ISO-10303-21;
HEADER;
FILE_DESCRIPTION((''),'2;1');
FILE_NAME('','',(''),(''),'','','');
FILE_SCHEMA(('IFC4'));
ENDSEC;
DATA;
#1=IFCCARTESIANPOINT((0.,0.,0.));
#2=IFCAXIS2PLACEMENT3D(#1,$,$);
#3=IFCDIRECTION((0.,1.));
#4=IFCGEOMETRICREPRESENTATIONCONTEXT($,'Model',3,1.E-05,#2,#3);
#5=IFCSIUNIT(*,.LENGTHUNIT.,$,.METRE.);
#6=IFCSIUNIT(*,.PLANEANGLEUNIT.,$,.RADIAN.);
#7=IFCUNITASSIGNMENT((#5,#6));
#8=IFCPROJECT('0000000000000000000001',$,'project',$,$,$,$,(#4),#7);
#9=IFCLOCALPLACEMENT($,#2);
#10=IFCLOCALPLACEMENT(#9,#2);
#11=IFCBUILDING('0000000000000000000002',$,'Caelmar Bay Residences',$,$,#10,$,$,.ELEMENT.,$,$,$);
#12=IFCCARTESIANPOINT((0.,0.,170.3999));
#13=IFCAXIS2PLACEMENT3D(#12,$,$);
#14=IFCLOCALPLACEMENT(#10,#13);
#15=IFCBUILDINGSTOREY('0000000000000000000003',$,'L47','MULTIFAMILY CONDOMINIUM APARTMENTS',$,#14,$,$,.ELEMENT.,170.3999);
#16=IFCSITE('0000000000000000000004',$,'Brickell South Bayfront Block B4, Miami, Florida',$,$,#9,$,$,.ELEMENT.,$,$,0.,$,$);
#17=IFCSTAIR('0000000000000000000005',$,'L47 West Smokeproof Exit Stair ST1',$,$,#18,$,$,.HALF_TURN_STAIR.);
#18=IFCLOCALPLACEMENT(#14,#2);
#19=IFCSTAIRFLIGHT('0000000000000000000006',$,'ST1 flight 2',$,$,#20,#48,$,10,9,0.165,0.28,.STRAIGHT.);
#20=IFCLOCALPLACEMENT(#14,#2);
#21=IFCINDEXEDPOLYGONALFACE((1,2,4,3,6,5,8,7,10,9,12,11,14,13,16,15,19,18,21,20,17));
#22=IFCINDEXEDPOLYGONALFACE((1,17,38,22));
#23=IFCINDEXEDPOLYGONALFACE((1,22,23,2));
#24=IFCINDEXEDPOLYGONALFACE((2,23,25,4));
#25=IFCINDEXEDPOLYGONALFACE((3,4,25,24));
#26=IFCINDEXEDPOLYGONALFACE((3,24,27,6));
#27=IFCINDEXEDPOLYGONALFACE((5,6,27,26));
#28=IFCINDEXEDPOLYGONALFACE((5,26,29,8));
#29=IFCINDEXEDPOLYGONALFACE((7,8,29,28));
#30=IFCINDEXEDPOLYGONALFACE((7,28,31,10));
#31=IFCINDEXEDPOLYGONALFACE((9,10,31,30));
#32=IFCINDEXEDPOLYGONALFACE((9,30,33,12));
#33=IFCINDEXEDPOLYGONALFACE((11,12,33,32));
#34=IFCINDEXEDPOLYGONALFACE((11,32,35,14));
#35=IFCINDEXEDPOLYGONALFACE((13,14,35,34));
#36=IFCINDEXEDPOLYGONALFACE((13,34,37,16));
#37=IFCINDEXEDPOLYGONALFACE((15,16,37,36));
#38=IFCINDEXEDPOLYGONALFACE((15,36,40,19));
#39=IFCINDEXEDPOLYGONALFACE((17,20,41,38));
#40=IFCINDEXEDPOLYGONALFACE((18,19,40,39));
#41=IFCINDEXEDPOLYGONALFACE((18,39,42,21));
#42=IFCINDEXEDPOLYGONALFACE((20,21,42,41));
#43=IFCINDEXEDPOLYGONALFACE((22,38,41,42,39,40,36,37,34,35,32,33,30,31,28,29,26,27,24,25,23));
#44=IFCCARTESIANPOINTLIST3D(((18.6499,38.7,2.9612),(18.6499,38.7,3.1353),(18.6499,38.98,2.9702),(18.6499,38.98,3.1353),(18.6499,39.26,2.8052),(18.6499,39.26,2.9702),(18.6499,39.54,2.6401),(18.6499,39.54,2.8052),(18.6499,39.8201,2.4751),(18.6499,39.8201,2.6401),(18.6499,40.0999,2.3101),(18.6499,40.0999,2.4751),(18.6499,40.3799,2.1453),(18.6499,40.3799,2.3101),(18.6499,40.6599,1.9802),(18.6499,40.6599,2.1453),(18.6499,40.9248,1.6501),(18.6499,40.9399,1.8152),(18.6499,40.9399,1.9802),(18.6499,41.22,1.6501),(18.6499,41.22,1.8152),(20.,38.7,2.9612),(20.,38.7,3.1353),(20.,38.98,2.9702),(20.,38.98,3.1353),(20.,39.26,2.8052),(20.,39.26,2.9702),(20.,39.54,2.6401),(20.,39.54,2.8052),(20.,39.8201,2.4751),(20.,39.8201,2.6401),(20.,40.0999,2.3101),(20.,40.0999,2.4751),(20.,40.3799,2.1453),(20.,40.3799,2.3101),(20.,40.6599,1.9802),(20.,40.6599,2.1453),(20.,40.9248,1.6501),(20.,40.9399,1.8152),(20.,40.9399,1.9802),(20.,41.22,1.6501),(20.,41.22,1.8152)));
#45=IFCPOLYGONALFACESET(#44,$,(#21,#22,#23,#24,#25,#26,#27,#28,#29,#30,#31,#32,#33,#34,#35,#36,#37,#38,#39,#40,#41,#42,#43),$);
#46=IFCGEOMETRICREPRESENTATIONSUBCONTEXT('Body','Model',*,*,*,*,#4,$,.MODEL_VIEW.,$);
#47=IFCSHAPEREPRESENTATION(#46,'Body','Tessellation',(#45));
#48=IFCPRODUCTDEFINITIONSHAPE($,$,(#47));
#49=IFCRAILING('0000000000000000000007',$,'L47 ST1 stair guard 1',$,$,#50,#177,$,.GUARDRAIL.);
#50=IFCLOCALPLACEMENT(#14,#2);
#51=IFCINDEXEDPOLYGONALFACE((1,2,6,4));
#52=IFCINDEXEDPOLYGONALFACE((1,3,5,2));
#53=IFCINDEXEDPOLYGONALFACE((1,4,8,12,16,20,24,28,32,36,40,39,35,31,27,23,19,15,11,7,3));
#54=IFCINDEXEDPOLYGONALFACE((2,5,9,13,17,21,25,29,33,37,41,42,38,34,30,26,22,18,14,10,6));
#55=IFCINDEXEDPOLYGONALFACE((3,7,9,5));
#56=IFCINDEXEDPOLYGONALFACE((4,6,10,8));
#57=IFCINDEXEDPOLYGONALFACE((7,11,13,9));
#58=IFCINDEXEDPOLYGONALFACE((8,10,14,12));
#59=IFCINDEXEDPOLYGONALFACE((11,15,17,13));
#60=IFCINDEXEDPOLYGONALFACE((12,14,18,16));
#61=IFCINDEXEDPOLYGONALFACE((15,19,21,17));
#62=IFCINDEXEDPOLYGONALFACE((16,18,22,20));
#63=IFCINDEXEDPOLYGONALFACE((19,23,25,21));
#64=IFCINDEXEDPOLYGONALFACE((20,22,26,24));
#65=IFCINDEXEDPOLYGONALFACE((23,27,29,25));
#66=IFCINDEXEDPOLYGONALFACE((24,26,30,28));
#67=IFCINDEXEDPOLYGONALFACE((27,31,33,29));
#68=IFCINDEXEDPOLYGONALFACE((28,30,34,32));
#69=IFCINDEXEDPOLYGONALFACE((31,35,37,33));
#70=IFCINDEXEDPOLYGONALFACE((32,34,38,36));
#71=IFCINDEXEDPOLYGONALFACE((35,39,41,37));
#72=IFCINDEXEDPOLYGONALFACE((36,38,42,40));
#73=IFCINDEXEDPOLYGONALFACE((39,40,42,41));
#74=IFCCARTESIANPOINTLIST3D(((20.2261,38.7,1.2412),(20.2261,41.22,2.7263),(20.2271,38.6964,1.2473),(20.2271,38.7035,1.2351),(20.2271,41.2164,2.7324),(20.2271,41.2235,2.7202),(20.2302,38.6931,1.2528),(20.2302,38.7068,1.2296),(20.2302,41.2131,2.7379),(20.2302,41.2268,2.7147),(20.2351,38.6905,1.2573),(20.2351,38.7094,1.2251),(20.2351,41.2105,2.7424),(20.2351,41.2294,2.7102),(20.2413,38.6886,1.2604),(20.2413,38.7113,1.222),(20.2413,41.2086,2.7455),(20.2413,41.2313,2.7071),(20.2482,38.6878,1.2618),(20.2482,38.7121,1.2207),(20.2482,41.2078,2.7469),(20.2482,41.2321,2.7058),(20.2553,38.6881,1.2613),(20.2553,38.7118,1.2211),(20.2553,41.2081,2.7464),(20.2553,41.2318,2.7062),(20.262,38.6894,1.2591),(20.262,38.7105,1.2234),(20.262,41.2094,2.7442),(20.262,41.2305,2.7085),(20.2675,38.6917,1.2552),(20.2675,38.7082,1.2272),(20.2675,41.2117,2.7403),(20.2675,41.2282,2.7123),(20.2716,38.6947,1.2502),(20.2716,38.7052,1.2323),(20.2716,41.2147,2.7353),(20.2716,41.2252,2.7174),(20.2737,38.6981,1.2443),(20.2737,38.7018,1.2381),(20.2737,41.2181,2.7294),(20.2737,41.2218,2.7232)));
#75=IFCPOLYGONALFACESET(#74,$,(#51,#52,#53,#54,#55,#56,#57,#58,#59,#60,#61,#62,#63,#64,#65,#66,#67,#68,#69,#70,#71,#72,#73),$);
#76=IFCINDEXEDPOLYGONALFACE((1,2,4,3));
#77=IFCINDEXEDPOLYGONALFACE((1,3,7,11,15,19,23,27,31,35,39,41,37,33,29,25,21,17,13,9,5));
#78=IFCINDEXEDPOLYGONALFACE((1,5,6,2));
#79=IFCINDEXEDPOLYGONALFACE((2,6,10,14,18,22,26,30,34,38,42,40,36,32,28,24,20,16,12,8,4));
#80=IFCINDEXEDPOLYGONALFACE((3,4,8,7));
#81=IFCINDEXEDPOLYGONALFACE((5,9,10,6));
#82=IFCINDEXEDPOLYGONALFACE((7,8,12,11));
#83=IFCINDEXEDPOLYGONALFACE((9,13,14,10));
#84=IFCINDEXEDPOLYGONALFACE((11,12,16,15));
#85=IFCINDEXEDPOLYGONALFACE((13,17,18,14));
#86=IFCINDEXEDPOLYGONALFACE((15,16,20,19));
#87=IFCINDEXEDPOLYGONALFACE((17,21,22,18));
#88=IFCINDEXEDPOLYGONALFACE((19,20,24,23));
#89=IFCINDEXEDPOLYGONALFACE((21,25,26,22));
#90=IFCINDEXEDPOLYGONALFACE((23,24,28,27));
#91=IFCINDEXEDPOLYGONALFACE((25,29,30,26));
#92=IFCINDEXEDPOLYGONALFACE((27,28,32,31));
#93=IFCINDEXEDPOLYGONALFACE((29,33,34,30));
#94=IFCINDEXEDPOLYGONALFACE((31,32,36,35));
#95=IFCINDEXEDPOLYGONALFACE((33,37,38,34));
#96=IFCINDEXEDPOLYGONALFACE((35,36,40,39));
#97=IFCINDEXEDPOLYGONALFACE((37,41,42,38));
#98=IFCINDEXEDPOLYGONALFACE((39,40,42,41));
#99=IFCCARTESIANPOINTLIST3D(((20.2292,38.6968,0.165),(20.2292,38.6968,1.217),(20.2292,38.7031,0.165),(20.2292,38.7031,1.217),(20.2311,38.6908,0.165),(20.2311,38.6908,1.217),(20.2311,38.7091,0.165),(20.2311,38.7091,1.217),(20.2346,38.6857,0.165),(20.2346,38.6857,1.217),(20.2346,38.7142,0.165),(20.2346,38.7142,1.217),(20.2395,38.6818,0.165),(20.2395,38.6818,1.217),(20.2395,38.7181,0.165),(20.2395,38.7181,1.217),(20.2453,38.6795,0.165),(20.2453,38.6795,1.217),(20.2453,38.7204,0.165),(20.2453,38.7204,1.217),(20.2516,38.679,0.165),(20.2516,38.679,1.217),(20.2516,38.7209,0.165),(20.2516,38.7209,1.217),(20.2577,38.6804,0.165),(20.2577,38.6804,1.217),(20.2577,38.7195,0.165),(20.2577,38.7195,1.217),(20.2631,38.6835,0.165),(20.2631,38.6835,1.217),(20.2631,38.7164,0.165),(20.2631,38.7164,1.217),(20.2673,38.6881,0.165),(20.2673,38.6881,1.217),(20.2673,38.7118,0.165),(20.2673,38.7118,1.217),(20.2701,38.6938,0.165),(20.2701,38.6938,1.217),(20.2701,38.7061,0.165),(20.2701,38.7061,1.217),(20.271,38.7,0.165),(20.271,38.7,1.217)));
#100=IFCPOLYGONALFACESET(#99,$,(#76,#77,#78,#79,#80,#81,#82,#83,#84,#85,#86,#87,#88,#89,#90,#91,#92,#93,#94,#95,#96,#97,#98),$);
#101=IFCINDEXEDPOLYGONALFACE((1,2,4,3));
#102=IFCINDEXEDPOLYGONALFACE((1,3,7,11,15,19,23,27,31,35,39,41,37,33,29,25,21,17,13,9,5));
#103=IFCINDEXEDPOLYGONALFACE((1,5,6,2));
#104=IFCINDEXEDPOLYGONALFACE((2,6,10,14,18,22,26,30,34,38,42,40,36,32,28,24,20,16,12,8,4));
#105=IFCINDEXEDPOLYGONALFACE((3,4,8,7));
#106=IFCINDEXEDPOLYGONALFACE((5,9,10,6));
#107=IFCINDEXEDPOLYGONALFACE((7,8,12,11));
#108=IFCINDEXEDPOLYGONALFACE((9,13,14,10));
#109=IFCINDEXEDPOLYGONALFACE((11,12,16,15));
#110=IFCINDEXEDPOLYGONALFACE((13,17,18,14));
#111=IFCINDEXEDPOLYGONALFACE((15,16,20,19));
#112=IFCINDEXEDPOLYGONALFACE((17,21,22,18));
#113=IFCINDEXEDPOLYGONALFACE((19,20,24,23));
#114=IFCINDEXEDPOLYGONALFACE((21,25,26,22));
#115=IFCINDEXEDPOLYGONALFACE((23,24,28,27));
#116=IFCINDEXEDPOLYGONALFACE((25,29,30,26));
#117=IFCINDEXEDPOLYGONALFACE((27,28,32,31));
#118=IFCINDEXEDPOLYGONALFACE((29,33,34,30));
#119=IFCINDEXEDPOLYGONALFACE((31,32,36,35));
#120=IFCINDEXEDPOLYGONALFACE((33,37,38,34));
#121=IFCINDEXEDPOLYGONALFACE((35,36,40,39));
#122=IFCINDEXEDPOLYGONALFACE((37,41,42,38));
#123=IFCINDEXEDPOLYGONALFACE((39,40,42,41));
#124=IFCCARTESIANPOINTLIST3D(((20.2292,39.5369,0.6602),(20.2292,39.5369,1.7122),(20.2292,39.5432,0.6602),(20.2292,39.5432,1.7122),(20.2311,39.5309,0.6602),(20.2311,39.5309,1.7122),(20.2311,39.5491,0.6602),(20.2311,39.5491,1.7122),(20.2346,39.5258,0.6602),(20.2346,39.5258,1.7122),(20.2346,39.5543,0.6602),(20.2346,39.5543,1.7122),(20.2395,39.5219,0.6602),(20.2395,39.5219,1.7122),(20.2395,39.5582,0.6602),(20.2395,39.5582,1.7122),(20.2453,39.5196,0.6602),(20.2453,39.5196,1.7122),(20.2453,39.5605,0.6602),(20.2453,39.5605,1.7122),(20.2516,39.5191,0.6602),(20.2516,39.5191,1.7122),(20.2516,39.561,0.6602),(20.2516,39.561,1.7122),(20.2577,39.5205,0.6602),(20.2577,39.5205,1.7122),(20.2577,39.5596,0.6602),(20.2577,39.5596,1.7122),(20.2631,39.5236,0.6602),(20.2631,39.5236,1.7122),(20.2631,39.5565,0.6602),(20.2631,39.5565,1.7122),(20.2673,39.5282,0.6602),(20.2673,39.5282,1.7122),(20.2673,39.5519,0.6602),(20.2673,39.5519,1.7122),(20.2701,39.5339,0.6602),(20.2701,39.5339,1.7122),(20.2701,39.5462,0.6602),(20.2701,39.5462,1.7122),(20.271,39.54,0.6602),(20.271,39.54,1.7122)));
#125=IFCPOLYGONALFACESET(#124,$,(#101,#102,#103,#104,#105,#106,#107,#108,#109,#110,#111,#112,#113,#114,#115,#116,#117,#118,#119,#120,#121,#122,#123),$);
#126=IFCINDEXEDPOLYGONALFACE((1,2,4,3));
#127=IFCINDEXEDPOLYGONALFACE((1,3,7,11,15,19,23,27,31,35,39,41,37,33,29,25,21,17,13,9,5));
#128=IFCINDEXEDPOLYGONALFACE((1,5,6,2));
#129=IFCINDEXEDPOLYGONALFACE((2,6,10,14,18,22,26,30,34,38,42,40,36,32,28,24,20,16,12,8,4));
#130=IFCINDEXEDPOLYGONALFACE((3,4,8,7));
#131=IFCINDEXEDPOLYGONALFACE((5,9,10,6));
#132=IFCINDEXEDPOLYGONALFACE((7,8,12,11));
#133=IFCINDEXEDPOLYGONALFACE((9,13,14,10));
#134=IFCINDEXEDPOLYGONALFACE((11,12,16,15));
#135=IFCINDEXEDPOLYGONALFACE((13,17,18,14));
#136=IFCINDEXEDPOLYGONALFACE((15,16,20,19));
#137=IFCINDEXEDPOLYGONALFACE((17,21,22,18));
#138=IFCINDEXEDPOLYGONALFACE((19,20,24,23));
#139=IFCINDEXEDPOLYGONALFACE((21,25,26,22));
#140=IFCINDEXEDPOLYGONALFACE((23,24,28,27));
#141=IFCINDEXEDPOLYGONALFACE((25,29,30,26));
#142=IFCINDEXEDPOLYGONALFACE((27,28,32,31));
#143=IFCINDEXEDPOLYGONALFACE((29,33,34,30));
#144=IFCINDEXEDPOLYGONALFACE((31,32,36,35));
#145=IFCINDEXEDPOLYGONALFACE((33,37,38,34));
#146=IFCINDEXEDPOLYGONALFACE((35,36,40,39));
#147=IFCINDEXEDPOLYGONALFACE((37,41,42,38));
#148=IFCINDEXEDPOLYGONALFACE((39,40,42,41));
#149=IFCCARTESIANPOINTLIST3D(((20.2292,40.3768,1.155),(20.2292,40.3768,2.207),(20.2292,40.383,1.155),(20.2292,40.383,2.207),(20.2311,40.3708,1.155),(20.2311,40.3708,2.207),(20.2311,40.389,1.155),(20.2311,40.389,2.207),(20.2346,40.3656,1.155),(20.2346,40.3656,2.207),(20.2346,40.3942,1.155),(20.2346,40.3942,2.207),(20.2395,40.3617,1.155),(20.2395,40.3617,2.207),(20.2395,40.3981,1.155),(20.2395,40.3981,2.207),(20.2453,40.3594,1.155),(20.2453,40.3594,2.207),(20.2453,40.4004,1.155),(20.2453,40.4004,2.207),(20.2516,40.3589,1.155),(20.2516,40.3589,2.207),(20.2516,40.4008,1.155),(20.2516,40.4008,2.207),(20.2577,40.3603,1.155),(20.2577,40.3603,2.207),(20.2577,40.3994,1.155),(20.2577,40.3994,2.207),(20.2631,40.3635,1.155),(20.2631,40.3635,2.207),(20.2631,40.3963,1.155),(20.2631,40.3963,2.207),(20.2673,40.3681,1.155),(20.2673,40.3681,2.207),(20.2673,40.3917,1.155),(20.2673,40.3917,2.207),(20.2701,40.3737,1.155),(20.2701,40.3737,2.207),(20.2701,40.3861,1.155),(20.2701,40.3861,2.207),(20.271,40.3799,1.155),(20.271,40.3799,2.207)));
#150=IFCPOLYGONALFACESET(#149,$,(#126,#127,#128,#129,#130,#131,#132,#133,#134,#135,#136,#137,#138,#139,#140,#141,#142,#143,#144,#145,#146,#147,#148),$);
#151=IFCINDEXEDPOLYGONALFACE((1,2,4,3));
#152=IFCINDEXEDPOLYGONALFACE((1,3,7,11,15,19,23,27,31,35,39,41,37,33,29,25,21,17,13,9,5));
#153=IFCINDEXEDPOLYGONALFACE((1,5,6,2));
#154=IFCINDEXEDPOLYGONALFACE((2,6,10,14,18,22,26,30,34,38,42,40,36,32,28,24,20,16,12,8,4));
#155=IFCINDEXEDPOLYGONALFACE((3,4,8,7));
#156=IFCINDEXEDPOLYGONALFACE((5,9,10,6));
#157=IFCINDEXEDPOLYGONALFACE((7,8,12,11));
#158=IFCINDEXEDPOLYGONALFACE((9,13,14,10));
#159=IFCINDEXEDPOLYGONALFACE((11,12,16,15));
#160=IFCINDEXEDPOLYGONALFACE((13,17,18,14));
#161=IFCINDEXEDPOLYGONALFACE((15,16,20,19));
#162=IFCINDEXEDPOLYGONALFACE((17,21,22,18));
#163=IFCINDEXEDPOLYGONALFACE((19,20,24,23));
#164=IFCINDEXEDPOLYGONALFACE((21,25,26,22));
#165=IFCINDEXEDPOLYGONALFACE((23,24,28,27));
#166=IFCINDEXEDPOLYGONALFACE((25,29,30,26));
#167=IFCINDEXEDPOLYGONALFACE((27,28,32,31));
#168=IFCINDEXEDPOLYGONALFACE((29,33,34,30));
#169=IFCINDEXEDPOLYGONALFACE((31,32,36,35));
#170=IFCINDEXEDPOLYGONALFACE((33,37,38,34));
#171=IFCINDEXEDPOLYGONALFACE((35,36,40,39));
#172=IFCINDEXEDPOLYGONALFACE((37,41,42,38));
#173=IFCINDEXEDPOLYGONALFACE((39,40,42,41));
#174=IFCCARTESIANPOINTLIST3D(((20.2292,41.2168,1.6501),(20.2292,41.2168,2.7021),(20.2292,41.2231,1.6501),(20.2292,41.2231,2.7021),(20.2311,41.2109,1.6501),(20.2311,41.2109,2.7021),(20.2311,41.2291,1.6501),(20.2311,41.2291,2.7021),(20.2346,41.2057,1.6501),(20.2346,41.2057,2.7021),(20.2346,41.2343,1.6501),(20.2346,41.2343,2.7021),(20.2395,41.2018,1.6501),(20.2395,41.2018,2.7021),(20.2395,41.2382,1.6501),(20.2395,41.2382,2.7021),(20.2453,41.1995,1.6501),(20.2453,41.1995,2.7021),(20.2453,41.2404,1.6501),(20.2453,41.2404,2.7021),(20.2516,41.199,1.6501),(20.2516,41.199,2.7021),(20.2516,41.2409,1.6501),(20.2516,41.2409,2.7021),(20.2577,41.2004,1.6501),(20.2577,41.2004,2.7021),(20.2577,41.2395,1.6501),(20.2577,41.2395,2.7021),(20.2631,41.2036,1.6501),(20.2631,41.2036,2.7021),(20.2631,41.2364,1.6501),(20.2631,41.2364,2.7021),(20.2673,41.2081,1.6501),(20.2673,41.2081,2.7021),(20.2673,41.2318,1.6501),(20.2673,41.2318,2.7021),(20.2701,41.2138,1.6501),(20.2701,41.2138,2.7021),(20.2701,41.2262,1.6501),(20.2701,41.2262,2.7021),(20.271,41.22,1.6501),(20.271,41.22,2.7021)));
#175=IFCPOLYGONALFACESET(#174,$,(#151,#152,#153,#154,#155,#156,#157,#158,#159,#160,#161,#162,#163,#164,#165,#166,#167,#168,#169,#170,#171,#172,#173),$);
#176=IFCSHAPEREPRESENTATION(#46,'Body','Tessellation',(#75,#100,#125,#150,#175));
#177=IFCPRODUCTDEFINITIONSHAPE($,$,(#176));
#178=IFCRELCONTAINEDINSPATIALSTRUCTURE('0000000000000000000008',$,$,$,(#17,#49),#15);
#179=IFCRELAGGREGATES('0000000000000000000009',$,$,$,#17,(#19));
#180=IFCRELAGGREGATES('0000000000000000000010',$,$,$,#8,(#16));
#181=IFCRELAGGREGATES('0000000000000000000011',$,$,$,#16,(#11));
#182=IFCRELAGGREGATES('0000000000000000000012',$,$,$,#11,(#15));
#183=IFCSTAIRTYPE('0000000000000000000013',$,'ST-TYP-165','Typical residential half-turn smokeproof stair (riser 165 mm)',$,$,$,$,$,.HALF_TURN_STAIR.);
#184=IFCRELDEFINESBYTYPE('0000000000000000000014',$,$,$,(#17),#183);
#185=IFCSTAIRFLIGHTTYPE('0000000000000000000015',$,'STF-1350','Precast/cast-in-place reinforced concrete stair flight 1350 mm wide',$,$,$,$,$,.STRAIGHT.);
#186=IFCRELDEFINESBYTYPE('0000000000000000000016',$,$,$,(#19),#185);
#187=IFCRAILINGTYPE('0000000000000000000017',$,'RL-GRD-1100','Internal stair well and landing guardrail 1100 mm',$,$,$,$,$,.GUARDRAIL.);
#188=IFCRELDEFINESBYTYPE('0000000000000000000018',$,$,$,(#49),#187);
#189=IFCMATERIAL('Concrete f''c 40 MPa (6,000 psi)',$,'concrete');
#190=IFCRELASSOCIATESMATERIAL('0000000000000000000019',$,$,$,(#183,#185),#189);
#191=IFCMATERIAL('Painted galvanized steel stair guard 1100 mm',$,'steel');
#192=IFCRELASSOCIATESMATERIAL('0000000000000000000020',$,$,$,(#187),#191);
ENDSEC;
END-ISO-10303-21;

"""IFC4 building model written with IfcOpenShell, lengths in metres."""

from ifc_helpers import new_model, si_unit, direction, frame, origin, origin_2d, place, context, subcontext, project, spatial, polyline, circle, outline, extrude, material, type_object, element, aggregate, save


model = new_model("IFC4")

# Units and contexts
model_context = context("Model", 3, precision=1e-05, world=origin(), true_north=direction((0.0, 1.0)))
body_context = subcontext(model_context, "Body", "Model", "MODEL_VIEW")
ifc_project = project(units=[si_unit("LENGTHUNIT", "METRE"), si_unit("PLANEANGLEUNIT", "RADIAN")], contexts=[model_context])

# Site, building, storey
site_placement = place(None, origin())
site = spatial("IfcSite", under=ifc_project, at=site_placement, Name="Brickell South Bayfront Block B4, Miami, Florida", CompositionType="ELEMENT", RefElevation=0.0)
building_placement = place(site_placement, origin())
building = spatial("IfcBuilding", under=site, at=building_placement, Name="Caelmar Bay Residences", CompositionType="ELEMENT")
storey_placement = place(building_placement, frame((0.0, 0.0, 170.3999)))
storey = spatial("IfcBuildingStorey", under=building, at=storey_placement, Name="L47", Description="MULTIFAMILY CONDOMINIUM APARTMENTS", CompositionType="ELEMENT", Elevation=170.3999)

# Stair, stair flight
ifc_material_1 = material(Name="Concrete f'c 40 MPa (6,000 psi)", Category="concrete")
stair_type = type_object("IfcStairType", Name="ST-TYP-165", Description="Typical residential half-turn smokeproof stair (riser 165 mm)", PredefinedType="HALF_TURN_STAIR", material=ifc_material_1)
stair_placement = place(storey_placement, origin())
stair = element("IfcStair", 1, at=stair_placement, inside=storey, type_object=stair_type, Name="L47 West Smokeproof Exit Stair ST1", PredefinedType="HALF_TURN_STAIR")
stair_flight_type = type_object("IfcStairFlightType", Name="STF-1350", Description="Precast/cast-in-place reinforced concrete stair flight 1350 mm wide", PredefinedType="STRAIGHT", material=ifc_material_1)
stair_flight_1_placement = place(storey_placement, frame((19.325, 41.22, 1.6501), z_axis=(0.0, 0.0, 1.0), x_axis=(0.0, -1.0, 0.0)))
stair_flight_1 = element("IfcStairFlight", 2, at=stair_flight_1_placement, type_object=stair_flight_type, Name="ST1 flight 2", NumberOfRisers=10, NumberOfTreads=9, PredefinedType="STRAIGHT", RiserHeight=0.165, TreadLength=0.28, context=body_context, shape_type="SweptSolid", body=[
    extrude(outline(polyline([(0.0, 0.0), (0.0, 0.165), (0.28, 0.165), (0.28, 0.3301), (0.5601, 0.3301), (0.5601, 0.4951), (0.8401, 0.4951), (0.8401, 0.6599), (1.1201, 0.6599), (1.1201, 0.825), (1.3999, 0.825), (1.3999, 0.99), (1.6799, 0.99), (1.6799, 1.155), (1.96, 1.155), (1.96, 1.3201), (2.24, 1.3201), (2.24, 1.4851), (2.52, 1.4851), (2.52, 1.6499), (2.52, 1.311), (0.2952, 0.0), (0.0, 0.0)])), frame((0.0, 0.675, 0.0), z_axis=(0.0, -1.0, 0.0), x_axis=(1.0, 0.0, 0.0)), (0.0, 0.0, 1.0), 1.3501),
])
aggregate(stair, [stair_flight_1])

# Railing
ifc_material_2 = material(Name="Painted galvanized steel stair guard 1100 mm", Category="steel")
railing_type_1 = type_object("IfcRailingType", Name="RL-GRD-1100", Description="Internal stair well and landing guardrail 1100 mm", PredefinedType="GUARDRAIL", material=ifc_material_2)
railing_1_placement = place(storey_placement, frame((20.25, 38.7, 0.165)))
element("IfcRailing", 3, at=railing_1_placement, inside=storey, type_object=railing_type_1, Name="L47 ST1 stair guard 1", PredefinedType="GUARDRAIL", context=body_context, shape_type="SweptSolid", body=[
    extrude(circle(Radius=0.0239, at=origin_2d()), frame((0.0, 0.0, 1.0762), z_axis=(0.0, 0.861524, 0.507717), x_axis=(-1.0, 0.0, 0.0)), (0.0, 0.0, 1.0), 2.925),
    extrude(circle(Radius=0.021, at=origin_2d()), origin(), (0.0, 0.0, 1.0), 1.052),
    extrude(circle(Radius=0.021, at=origin_2d()), frame((0.0, 0.8401, 0.4951)), (0.0, 0.0, 1.0), 1.052),
    extrude(circle(Radius=0.021, at=origin_2d()), frame((0.0, 1.6799, 0.99)), (0.0, 0.0, 1.0), 1.052),
    extrude(circle(Radius=0.021, at=origin_2d()), frame((0.0, 2.52, 1.4851)), (0.0, 0.0, 1.0), 1.052),
])

save(model, "model.ifc")
